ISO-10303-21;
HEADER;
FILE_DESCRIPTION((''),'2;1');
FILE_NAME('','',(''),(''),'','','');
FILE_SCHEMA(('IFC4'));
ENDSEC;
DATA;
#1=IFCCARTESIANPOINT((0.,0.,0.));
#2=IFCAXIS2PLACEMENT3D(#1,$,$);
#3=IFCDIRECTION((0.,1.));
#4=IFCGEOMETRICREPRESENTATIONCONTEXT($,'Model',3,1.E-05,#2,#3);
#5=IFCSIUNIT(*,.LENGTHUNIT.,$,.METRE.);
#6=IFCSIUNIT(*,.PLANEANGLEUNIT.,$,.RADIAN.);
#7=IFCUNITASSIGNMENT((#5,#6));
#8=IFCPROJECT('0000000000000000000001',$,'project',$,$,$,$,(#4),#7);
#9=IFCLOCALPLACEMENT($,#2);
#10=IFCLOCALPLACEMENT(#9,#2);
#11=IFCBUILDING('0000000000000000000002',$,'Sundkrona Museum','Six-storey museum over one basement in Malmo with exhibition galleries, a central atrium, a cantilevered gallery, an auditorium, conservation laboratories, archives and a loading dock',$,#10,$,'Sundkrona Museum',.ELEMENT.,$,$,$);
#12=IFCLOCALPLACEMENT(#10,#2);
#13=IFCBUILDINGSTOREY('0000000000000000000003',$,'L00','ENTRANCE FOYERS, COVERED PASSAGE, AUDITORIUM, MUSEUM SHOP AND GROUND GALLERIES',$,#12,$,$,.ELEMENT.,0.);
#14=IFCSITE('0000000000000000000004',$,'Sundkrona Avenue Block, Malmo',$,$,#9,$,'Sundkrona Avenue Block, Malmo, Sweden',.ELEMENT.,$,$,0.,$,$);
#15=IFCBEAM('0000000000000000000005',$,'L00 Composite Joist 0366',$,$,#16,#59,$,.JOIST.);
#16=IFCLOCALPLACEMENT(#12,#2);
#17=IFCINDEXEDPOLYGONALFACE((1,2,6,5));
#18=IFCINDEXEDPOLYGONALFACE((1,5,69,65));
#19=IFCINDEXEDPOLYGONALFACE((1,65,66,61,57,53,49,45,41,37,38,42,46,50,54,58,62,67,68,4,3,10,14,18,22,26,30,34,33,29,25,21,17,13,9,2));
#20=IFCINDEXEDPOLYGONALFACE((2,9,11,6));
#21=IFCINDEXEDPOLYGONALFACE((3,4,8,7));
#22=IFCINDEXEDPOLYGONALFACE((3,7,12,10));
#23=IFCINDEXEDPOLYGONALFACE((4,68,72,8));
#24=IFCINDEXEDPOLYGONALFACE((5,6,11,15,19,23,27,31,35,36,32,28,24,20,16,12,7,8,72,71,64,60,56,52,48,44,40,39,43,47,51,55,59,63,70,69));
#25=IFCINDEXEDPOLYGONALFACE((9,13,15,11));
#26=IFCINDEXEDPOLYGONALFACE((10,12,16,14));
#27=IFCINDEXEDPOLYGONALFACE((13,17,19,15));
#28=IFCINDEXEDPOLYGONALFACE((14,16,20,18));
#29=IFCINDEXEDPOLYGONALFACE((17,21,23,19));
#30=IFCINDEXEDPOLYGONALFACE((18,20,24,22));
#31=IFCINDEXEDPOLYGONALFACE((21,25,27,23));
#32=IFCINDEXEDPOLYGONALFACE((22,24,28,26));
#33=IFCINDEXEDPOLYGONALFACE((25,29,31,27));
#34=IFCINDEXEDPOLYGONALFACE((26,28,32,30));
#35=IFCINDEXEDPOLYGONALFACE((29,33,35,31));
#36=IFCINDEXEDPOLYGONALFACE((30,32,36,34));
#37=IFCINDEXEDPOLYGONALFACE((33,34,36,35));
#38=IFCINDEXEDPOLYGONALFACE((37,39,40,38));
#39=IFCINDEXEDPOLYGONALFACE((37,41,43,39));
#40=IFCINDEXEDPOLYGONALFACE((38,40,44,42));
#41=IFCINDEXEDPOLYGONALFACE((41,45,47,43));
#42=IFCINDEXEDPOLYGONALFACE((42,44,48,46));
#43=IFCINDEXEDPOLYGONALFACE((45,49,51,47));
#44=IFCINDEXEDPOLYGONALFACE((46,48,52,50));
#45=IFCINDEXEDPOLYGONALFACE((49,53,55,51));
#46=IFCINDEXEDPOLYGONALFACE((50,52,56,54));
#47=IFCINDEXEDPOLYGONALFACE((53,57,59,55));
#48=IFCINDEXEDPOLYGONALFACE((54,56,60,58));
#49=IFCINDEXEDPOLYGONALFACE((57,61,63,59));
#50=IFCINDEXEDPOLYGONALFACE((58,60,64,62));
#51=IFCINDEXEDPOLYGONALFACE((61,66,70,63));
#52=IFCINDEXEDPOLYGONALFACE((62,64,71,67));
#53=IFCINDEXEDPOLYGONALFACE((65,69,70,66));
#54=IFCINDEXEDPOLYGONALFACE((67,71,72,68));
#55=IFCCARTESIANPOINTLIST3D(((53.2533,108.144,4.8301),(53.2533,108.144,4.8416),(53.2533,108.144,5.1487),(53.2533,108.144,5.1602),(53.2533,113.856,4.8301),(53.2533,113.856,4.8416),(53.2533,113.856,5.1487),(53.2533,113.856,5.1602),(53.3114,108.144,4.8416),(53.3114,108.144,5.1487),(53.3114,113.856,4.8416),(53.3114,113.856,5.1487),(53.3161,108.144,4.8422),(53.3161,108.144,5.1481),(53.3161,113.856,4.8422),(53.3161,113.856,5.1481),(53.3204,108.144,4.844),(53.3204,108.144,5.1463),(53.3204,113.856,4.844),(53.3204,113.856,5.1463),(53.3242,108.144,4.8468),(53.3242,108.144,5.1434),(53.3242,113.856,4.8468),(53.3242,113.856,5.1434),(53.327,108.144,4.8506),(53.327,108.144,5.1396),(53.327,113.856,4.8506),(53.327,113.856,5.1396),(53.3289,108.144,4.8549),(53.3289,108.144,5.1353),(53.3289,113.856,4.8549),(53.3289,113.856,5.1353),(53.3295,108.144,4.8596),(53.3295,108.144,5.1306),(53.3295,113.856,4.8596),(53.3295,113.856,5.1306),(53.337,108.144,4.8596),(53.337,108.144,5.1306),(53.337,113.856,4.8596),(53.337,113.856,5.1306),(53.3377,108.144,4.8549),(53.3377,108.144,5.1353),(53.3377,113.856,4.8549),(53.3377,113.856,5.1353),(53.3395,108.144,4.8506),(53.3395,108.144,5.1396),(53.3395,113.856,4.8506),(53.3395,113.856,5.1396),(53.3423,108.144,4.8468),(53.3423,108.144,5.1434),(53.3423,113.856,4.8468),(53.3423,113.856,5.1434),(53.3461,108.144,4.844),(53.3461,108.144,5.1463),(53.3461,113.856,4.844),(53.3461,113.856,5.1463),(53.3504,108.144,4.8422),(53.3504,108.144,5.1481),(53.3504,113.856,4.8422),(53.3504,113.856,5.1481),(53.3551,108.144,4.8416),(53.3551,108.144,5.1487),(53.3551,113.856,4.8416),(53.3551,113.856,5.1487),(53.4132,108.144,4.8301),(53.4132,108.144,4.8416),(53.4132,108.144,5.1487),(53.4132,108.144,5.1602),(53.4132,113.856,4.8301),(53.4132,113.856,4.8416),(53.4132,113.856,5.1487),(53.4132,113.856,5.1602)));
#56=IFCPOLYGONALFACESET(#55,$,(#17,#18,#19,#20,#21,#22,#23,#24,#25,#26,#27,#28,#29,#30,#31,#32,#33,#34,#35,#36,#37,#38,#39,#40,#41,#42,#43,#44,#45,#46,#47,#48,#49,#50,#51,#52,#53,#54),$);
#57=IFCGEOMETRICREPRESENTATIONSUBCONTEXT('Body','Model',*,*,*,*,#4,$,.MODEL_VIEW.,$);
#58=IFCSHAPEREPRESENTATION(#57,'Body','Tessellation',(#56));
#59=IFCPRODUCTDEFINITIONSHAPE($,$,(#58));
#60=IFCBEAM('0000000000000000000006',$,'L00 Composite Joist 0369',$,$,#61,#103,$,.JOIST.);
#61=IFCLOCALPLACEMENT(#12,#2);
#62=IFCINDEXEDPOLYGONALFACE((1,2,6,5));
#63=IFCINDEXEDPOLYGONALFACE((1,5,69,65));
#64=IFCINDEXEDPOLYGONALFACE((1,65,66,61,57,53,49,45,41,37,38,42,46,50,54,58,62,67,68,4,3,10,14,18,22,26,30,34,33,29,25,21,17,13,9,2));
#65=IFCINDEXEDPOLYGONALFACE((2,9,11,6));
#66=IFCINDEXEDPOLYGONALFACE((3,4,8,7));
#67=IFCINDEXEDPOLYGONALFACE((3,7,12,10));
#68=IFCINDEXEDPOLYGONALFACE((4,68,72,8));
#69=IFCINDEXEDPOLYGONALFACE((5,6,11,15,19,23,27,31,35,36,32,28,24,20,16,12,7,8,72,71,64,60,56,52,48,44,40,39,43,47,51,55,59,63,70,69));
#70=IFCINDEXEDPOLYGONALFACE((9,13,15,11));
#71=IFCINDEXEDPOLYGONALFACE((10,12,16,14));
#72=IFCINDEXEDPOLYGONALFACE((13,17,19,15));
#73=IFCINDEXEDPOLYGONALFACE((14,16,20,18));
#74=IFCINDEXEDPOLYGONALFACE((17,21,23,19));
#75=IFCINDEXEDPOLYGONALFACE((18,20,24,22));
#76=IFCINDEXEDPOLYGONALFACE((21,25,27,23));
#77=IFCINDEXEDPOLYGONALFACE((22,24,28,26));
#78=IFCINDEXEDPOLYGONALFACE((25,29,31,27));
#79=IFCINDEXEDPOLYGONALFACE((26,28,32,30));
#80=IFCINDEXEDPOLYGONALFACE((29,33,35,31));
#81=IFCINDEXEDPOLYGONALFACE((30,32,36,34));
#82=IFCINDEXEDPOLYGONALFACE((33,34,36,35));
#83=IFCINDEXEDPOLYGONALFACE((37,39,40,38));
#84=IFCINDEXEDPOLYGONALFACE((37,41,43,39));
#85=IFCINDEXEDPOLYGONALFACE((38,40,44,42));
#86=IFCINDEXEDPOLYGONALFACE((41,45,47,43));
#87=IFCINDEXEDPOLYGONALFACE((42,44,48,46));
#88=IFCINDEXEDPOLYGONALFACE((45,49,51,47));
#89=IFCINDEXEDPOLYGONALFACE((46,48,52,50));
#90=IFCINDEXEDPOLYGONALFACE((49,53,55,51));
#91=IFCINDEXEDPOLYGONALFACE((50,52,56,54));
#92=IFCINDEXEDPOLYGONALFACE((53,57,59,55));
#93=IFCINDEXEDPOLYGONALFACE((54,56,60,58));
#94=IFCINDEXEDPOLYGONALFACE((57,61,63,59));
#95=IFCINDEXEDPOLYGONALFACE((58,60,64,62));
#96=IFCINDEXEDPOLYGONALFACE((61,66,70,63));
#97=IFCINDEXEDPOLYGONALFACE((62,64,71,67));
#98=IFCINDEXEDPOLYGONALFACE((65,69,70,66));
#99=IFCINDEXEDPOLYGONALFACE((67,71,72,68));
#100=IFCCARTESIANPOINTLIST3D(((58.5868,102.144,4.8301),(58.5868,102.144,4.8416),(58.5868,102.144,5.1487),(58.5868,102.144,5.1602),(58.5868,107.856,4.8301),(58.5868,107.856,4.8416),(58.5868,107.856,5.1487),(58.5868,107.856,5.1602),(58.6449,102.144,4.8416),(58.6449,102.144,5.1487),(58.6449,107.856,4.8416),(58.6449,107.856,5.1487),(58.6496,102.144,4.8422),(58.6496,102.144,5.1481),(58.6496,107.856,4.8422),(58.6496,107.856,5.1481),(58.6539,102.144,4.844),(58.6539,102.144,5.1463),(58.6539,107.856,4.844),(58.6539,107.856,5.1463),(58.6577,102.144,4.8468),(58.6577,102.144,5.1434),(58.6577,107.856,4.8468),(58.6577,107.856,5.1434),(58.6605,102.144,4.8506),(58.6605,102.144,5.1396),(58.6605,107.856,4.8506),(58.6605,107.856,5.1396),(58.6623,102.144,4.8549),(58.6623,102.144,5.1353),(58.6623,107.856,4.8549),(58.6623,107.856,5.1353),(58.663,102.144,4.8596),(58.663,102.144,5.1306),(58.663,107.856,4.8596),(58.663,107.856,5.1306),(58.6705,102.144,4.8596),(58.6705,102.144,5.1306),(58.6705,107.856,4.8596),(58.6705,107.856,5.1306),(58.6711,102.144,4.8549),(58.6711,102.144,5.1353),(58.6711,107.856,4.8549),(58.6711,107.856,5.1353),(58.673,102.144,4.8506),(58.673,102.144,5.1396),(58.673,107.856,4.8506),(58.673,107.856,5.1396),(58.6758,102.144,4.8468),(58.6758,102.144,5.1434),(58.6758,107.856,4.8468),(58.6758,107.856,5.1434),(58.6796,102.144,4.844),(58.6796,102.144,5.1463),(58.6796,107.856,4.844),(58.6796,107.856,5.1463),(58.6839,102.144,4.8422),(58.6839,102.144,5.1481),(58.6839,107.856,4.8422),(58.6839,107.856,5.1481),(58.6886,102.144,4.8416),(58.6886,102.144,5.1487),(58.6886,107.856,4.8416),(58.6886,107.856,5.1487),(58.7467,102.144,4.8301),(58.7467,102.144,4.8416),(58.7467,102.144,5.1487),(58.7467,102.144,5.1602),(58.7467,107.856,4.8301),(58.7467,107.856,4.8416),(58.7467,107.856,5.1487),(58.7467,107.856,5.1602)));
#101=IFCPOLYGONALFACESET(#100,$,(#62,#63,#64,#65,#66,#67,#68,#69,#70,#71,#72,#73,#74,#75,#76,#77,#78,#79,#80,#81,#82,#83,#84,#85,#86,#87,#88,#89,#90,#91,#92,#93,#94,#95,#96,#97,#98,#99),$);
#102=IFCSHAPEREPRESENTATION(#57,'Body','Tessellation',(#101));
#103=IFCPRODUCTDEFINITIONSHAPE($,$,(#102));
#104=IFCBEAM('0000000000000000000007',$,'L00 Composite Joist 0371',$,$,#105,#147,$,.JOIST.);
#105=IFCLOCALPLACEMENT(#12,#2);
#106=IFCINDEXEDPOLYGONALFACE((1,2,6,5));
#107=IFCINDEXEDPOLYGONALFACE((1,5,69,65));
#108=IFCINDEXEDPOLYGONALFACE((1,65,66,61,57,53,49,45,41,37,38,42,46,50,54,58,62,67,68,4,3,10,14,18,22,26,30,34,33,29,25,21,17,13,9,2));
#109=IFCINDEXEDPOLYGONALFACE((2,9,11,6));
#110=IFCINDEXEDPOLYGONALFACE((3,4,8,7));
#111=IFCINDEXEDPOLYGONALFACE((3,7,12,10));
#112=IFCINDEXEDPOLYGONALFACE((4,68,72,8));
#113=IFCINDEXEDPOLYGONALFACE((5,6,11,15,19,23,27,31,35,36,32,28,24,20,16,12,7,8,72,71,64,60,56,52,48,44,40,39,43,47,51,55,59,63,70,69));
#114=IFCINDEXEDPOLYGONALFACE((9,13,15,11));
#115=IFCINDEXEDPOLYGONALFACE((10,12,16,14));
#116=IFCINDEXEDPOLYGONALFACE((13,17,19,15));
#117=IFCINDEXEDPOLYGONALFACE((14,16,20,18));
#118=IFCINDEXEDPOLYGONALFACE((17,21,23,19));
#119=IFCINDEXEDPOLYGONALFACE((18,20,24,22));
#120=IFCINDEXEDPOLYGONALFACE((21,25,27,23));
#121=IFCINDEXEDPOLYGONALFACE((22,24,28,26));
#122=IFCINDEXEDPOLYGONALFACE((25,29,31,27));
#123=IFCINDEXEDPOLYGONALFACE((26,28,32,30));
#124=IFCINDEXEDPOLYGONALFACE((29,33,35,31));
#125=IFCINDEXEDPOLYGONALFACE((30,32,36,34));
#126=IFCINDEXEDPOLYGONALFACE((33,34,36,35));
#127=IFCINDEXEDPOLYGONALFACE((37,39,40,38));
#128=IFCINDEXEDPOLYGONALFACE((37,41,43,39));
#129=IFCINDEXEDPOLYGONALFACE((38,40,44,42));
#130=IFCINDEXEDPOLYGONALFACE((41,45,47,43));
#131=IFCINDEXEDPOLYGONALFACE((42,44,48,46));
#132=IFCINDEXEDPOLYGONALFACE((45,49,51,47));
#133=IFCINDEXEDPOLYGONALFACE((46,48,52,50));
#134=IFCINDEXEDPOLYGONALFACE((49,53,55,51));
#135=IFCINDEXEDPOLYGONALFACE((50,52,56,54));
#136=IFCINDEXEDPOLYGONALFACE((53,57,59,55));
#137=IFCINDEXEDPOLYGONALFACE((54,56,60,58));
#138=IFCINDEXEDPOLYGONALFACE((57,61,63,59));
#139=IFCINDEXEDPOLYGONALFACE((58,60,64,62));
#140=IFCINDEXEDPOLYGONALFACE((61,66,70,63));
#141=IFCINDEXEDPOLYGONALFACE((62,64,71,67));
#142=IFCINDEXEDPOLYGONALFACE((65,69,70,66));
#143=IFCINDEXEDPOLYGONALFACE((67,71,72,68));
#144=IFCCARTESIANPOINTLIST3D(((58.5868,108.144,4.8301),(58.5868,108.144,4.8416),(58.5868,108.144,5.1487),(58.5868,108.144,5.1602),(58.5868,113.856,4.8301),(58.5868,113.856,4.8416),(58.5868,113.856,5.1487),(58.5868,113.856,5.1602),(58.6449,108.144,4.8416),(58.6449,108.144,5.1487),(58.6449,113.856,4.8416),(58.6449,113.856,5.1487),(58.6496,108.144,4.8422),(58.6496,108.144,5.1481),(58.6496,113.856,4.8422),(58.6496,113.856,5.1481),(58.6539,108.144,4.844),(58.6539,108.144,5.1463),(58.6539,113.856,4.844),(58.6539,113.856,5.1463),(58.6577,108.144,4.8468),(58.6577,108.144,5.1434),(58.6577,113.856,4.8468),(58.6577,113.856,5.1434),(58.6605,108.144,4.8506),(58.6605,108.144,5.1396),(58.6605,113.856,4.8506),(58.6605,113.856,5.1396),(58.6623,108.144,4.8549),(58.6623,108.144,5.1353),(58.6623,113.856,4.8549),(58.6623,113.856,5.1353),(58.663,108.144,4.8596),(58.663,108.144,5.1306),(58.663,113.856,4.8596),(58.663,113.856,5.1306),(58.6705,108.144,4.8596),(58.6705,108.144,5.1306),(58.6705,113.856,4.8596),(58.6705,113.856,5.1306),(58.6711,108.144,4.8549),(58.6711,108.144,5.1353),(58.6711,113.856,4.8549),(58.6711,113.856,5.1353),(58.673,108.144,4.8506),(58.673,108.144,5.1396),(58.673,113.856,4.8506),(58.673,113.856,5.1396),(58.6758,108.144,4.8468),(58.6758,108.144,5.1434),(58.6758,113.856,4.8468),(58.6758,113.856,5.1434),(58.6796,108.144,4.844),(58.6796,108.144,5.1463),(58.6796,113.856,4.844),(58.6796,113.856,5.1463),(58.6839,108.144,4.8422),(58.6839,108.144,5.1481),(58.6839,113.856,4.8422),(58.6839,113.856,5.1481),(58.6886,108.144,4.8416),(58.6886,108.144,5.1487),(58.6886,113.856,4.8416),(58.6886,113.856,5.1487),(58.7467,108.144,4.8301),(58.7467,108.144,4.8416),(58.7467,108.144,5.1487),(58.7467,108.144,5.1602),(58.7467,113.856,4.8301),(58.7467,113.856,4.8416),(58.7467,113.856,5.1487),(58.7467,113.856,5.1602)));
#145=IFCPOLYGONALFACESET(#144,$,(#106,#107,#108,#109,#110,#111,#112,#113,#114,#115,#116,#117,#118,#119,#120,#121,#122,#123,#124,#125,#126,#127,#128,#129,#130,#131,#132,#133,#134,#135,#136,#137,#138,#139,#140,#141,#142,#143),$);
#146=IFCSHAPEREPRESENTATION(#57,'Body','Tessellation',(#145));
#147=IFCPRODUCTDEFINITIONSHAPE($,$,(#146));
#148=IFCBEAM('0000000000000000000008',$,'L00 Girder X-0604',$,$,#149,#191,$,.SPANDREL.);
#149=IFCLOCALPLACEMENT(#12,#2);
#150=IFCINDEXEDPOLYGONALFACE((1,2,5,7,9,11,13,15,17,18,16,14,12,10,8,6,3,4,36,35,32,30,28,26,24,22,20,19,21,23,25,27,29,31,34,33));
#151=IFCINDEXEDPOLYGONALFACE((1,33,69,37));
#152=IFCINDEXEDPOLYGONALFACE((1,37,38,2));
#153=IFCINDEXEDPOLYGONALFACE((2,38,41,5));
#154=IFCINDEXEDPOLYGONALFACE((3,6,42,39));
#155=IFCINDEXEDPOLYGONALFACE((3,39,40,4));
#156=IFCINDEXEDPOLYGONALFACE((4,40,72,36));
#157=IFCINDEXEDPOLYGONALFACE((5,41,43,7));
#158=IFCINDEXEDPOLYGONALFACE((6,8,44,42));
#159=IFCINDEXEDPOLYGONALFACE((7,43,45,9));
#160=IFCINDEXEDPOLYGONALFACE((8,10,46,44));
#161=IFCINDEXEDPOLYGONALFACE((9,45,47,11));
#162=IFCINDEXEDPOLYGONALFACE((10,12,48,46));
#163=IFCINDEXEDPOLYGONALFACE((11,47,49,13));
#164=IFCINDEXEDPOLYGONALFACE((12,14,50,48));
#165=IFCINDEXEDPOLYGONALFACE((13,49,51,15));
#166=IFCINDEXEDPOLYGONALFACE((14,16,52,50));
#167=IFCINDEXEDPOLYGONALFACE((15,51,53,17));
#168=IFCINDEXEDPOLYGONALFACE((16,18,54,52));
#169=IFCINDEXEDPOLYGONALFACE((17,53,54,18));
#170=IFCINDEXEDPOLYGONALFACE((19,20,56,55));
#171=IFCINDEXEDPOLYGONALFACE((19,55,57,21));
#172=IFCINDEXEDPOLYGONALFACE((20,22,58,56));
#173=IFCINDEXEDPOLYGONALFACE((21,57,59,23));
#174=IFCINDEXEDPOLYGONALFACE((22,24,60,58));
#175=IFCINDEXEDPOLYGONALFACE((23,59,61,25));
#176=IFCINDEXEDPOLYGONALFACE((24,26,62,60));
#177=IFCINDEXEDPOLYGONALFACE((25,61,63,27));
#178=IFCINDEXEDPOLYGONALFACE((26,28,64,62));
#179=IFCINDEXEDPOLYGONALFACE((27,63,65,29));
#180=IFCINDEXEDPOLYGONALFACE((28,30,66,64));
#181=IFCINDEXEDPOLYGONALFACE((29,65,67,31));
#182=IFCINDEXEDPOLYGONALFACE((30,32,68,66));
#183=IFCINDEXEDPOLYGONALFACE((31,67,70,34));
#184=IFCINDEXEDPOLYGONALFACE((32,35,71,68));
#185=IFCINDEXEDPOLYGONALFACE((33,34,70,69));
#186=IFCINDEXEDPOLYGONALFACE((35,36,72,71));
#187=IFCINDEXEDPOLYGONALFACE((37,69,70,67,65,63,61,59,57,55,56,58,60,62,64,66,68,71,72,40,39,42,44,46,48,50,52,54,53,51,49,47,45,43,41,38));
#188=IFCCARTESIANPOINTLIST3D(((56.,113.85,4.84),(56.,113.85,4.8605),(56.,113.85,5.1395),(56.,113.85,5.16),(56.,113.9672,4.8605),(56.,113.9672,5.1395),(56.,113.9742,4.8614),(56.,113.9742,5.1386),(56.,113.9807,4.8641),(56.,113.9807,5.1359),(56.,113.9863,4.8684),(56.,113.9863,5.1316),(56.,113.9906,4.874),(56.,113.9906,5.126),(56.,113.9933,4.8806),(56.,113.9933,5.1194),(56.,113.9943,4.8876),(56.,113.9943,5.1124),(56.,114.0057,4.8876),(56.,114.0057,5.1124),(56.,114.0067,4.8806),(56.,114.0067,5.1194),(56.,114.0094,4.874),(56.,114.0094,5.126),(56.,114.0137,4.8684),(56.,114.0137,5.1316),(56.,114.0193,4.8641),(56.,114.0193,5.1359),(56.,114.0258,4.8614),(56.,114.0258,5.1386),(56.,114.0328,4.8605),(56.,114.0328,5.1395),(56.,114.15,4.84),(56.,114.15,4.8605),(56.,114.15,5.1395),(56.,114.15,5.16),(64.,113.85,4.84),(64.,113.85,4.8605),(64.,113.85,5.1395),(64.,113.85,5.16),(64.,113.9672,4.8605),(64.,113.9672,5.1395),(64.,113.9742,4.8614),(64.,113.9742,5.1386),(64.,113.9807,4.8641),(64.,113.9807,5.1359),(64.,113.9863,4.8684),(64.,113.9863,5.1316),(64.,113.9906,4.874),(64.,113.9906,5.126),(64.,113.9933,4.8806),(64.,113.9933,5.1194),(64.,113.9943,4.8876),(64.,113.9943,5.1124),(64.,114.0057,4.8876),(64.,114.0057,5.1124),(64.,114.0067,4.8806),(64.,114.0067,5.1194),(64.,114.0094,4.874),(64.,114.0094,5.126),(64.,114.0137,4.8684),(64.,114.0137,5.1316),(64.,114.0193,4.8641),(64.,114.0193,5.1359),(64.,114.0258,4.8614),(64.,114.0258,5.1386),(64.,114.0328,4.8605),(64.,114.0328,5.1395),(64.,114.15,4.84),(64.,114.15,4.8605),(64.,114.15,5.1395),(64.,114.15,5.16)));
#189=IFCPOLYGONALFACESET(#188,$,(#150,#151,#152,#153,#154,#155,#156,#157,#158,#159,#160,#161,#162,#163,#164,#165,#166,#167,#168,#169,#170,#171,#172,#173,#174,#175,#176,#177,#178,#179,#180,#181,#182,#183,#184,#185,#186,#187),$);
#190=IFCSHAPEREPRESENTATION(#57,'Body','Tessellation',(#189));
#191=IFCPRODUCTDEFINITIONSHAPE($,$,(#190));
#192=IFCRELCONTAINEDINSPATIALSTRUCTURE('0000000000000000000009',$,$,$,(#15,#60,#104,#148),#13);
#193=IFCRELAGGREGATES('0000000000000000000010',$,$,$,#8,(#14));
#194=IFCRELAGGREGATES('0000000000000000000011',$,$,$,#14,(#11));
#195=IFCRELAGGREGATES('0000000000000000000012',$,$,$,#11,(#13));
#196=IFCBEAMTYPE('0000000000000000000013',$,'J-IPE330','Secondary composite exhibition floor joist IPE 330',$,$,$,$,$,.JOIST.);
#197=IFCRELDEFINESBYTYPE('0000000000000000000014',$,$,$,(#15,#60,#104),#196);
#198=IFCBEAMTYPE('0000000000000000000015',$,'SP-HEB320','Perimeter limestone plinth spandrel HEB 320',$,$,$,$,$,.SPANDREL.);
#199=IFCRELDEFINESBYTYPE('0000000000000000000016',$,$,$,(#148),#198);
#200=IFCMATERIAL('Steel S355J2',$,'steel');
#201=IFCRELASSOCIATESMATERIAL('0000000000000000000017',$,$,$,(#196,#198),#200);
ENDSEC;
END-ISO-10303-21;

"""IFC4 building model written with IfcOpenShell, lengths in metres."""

from ifc_helpers import new_model, si_unit, direction, frame, origin, origin_2d, place, context, subcontext, project, spatial, i_section, extrude, material, material_profile, profile_set, type_object, element, save


model = new_model("IFC4")

# Units and contexts
model_context = context("Model", 3, precision=1e-05, world=origin(), true_north=direction((0.0, 1.0)))
body_context = subcontext(model_context, "Body", "Model", "MODEL_VIEW")
ifc_project = project(units=[si_unit("LENGTHUNIT", "METRE"), si_unit("PLANEANGLEUNIT", "RADIAN")], contexts=[model_context])

# Site, building, storey
site_placement = place(None, origin())
site = spatial("IfcSite", under=ifc_project, at=site_placement, Name="Sundkrona Avenue Block, Malmo", LongName="Sundkrona Avenue Block, Malmo, Sweden", CompositionType="ELEMENT", RefElevation=0.0)
building_placement = place(site_placement, origin())
building = spatial("IfcBuilding", under=site, at=building_placement, Name="Sundkrona Museum", Description="Six-storey museum over one basement in Malmo with exhibition galleries, a central atrium, a cantilevered gallery, an auditorium, conservation laboratories, archives and a loading dock", LongName="Sundkrona Museum", CompositionType="ELEMENT")
storey_placement = place(building_placement, origin())
storey = spatial("IfcBuildingStorey", under=building, at=storey_placement, Name="L00", Description="ENTRANCE FOYERS, COVERED PASSAGE, AUDITORIUM, MUSEUM SHOP AND GROUND GALLERIES", CompositionType="ELEMENT", Elevation=0.0)

# Shared definitions
ifc_material_1 = material(Name="Steel S355J2", Category="steel")

# Beams
ifc_material_profile_1 = material_profile(ifc_material_1, i_section(OverallWidth=0.1599, OverallDepth=0.3301, WebThickness=0.0076, FlangeThickness=0.0115, FilletRadius=0.0181, at=origin_2d()), Name="IPE 330")
ifc_profile_set_1 = profile_set([ifc_material_profile_1], Name="Steel S355J2")
beam_type_1 = type_object("IfcBeamType", Name="J-IPE330", Description="Secondary composite exhibition floor joist IPE 330", PredefinedType="JOIST", material=ifc_profile_set_1)
for number, where, z_axis, x_axis, name in (
    (1, (53.3333, 108.144, 4.9951), (0.0, 1.0, 0.0), (-1.0, 0.0, 0.0), "L00 Composite Joist 0366"),
    (2, (58.6667, 102.144, 4.9951), (0.0, 1.0, 0.0), (-1.0, 0.0, 0.0), "L00 Composite Joist 0369"),
    (3, (58.6667, 108.144, 4.9951), (0.0, 1.0, 0.0), (-1.0, 0.0, 0.0), "L00 Composite Joist 0371"),
):
    element("IfcBeam", number, at=place(storey_placement, frame(where, z_axis=z_axis, x_axis=x_axis)), inside=storey, type_object=beam_type_1, Name=name, PredefinedType="JOIST", context=body_context, shape_type="SweptSolid", body=[
        extrude(i_section(OverallWidth=0.1599, OverallDepth=0.3301, WebThickness=0.0076, FlangeThickness=0.0115, FilletRadius=0.0181, at=origin_2d()), origin(), (0.0, 0.0, 1.0), 5.7119),
    ])
ifc_material_profile_2 = material_profile(ifc_material_1, i_section(OverallWidth=0.3, OverallDepth=0.3201, WebThickness=0.0115, FlangeThickness=0.0205, FilletRadius=0.0271, at=origin_2d()), Name="HEB 320")
ifc_profile_set_2 = profile_set([ifc_material_profile_2], Name="Steel S355J2")
beam_type_2 = type_object("IfcBeamType", Name="SP-HEB320", Description="Perimeter limestone plinth spandrel HEB 320", PredefinedType="SPANDREL", material=ifc_profile_set_2)
beam_1_placement = place(storey_placement, frame((56.0, 114.0, 5.0), z_axis=(1.0, 0.0, 0.0), x_axis=(0.0, 1.0, 0.0)))
element("IfcBeam", 4, at=beam_1_placement, inside=storey, type_object=beam_type_2, Name="L00 Girder X-0604", PredefinedType="SPANDREL", context=body_context, shape_type="SweptSolid", body=[
    extrude(i_section(OverallWidth=0.3, OverallDepth=0.3201, WebThickness=0.0115, FlangeThickness=0.0205, FilletRadius=0.0271, at=origin_2d()), origin(), (0.0, 0.0, 1.0), 8.0),
])

save(model, "model.ifc")
